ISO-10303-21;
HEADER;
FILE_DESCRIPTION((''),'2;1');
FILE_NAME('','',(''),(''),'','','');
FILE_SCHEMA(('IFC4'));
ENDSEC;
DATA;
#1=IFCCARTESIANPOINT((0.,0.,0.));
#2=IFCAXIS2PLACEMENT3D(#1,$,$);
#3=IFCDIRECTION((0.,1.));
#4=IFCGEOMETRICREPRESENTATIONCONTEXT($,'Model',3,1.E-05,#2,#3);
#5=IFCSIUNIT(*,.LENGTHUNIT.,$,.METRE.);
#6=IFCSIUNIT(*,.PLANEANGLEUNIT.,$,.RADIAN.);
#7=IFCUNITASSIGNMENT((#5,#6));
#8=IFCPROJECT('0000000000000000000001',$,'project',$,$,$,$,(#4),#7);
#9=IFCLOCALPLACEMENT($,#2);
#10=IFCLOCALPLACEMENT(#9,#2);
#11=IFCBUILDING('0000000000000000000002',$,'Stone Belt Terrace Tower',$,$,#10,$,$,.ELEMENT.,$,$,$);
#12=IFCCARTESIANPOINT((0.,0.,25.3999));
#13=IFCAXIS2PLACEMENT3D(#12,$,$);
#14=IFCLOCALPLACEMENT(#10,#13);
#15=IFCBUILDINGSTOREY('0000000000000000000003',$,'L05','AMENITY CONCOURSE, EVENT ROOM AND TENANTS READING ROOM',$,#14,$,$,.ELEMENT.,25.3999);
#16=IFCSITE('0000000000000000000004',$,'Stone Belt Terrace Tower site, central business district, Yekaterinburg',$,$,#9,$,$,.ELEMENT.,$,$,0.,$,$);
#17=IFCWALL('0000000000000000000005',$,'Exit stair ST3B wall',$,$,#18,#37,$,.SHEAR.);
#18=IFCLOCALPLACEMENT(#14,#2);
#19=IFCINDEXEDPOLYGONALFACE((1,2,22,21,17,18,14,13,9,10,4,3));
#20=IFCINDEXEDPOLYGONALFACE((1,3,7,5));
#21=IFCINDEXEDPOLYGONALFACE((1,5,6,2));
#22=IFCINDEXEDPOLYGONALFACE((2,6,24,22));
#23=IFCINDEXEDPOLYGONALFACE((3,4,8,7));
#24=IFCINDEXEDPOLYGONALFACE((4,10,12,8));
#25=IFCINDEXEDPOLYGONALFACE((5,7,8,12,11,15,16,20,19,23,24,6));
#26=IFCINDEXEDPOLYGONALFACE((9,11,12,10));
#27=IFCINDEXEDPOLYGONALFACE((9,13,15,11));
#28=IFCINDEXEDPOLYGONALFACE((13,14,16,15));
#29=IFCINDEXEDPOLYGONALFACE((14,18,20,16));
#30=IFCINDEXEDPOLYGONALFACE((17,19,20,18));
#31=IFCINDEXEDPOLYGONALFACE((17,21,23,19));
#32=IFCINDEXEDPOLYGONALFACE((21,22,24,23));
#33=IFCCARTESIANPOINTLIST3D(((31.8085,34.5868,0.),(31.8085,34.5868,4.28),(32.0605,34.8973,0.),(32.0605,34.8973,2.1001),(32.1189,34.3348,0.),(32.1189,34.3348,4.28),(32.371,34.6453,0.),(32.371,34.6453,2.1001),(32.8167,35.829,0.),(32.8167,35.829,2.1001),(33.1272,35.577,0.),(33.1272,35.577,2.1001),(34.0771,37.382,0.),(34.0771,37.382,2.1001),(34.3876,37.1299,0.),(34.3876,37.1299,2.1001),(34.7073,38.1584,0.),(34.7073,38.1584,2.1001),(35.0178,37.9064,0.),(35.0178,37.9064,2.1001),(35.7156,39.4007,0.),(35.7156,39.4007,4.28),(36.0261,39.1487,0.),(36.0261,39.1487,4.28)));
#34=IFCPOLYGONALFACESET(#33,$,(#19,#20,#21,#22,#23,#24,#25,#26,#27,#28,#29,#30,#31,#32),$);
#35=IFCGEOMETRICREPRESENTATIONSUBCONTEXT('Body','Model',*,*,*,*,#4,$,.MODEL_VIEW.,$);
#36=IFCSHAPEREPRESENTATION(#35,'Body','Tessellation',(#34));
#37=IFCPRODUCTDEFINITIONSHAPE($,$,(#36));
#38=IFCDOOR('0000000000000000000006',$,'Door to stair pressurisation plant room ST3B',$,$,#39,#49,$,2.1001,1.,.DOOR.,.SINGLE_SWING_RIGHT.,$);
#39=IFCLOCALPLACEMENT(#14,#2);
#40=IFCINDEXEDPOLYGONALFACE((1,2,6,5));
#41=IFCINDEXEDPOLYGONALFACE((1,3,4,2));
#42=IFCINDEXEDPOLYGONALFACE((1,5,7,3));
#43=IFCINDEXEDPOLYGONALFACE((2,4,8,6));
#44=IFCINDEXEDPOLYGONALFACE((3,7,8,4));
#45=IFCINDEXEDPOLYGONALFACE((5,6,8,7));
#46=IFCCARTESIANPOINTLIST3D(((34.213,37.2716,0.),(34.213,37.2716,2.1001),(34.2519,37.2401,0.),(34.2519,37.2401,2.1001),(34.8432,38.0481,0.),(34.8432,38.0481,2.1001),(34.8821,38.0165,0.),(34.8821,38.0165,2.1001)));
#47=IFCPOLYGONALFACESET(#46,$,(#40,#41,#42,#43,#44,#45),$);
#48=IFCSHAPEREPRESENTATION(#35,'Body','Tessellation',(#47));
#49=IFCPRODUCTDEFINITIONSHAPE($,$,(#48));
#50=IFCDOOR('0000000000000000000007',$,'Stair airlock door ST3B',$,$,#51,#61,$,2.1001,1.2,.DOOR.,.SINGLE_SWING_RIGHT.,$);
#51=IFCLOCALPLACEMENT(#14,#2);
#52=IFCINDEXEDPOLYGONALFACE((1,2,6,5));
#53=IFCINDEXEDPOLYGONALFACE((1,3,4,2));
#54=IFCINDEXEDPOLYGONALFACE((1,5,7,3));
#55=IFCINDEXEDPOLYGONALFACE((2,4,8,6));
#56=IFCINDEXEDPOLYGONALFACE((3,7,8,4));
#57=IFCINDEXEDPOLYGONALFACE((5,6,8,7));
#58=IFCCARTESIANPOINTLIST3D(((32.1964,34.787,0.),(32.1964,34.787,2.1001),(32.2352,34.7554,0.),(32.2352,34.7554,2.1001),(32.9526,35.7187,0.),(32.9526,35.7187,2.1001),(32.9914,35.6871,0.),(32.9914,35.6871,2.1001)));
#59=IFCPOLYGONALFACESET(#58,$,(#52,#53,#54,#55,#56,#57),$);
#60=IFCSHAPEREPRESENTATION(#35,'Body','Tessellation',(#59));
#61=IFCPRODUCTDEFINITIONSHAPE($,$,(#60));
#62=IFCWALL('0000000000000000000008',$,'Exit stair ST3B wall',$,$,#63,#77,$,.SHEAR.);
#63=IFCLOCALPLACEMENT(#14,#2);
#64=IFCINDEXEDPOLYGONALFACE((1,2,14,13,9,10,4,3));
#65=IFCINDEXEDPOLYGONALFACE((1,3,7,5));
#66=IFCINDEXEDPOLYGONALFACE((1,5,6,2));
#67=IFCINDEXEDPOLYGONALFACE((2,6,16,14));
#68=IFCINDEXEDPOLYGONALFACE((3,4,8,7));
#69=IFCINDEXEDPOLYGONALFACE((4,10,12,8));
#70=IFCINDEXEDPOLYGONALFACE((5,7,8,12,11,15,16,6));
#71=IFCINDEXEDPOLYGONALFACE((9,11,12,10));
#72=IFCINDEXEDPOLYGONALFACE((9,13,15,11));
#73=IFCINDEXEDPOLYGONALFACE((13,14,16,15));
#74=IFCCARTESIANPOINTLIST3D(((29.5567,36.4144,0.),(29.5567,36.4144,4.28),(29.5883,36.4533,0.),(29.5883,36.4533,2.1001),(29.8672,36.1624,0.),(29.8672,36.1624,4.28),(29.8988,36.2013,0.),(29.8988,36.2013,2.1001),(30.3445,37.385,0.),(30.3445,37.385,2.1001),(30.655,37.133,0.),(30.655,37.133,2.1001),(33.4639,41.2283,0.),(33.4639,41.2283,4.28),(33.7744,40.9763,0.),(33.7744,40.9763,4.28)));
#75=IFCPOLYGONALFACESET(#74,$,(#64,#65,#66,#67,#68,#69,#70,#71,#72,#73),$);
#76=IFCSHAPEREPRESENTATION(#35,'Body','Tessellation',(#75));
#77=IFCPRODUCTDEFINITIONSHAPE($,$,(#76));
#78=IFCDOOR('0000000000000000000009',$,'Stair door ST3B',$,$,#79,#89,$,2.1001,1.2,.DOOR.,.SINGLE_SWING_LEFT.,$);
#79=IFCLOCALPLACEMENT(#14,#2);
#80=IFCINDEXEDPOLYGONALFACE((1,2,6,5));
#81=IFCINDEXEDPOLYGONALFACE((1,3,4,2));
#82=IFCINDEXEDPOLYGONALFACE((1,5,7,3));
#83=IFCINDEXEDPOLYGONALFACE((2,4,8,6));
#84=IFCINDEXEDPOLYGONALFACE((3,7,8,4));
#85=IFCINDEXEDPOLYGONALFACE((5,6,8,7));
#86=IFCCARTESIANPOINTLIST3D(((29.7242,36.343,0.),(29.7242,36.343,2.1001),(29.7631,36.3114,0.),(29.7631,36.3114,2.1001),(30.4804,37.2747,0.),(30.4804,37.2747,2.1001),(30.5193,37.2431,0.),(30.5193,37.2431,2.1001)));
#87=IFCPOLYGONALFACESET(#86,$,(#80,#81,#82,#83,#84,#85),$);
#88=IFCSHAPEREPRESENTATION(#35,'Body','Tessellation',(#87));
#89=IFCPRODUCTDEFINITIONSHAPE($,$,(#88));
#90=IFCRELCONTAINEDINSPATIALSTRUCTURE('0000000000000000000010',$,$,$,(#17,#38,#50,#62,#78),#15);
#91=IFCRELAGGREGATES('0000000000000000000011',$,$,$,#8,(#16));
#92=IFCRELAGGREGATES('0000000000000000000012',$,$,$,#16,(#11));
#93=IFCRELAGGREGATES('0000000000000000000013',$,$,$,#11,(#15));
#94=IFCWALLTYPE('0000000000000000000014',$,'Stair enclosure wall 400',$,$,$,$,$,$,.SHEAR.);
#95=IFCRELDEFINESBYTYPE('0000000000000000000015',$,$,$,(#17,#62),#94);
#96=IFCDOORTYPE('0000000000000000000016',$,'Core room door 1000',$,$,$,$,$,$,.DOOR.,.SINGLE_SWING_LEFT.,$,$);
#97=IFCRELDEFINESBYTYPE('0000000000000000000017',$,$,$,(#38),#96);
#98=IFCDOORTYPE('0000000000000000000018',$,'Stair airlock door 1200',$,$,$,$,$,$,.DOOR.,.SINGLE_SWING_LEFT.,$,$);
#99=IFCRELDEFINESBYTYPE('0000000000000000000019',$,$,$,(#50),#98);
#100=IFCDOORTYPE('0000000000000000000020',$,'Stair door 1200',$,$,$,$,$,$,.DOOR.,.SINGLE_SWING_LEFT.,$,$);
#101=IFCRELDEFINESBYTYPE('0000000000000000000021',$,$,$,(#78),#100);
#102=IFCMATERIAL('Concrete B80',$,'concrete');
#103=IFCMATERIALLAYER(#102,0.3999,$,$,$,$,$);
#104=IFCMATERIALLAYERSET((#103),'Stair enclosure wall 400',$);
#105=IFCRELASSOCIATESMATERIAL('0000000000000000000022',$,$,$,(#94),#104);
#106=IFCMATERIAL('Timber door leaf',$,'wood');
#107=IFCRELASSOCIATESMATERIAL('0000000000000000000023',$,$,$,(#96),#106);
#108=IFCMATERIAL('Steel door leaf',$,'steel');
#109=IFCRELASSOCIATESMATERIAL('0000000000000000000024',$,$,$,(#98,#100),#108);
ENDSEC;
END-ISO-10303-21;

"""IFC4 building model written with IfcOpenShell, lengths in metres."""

from ifc_helpers import new_model, si_unit, direction, frame, frame_2d, origin, place, context, subcontext, project, spatial, rectangle, extrude, material, layer, layer_set, type_object, element, fill, save


model = new_model("IFC4")

# Units and contexts
model_context = context("Model", 3, precision=1e-05, world=origin(), true_north=direction((0.0, 1.0)))
body_context = subcontext(model_context, "Body", "Model", "MODEL_VIEW")
ifc_project = project(units=[si_unit("LENGTHUNIT", "METRE"), si_unit("PLANEANGLEUNIT", "RADIAN")], contexts=[model_context])

# Site, building, storey
site_placement = place(None, origin())
site = spatial("IfcSite", under=ifc_project, at=site_placement, Name="Stone Belt Terrace Tower site, central business district, Yekaterinburg", CompositionType="ELEMENT", RefElevation=0.0)
building_placement = place(site_placement, origin())
building = spatial("IfcBuilding", under=site, at=building_placement, Name="Stone Belt Terrace Tower", CompositionType="ELEMENT")
storey_placement = place(building_placement, frame((0.0, 0.0, 25.3999)))
storey = spatial("IfcBuildingStorey", under=building, at=storey_placement, Name="L05", Description="AMENITY CONCOURSE, EVENT ROOM AND TENANTS READING ROOM", CompositionType="ELEMENT", Elevation=25.3999)

# Shared definitions
ifc_material_1 = material(Name="Concrete B80", Category="concrete")

# Wall, openings, doors
ifc_layer_1 = layer(ifc_material_1, 0.3999)
ifc_layer_set_1 = layer_set([ifc_layer_1], Name="Stair enclosure wall 400")
wall_type_1 = type_object("IfcWallType", Name="Stair enclosure wall 400", PredefinedType="SHEAR", material=ifc_layer_set_1)
wall_1_placement = place(storey_placement, frame((31.9636, 34.4607, 0.0), z_axis=(0.0, 0.0, 1.0), x_axis=(0.630192, 0.776439, 0.0)))
wall_1 = element("IfcWall", 1, at=wall_1_placement, inside=storey, type_object=wall_type_1, Name="Exit stair ST3B wall", PredefinedType="SHEAR", context=body_context, shape_type="SweptSolid", body=[
    extrude(rectangle(XDim=6.2, YDim=0.3999, at=frame_2d((3.1001, 0.0))), origin(), (0.0, 0.0, 1.0), 4.28),
])
opening_1_placement = place(wall_1_placement, frame((0.3999, 0.0, 0.0)))
opening_1 = element("IfcOpeningElement", 2, at=opening_1_placement, cuts=wall_1, PredefinedType="OPENING", context=body_context, shape_type="SweptSolid", body=[
    extrude(rectangle(XDim=1.2, YDim=2.1001, at=frame_2d((0.6001, 1.05))), frame((0.0, 0.21, 0.0), z_axis=(0.0, -1.0, 0.0), x_axis=(1.0, 0.0, 0.0)), (0.0, 0.0, 1.0), 0.4199),
])
opening_2_placement = place(wall_1_placement, frame((3.6001, 0.0, 0.0)))
opening_2 = element("IfcOpeningElement", 3, at=opening_2_placement, cuts=wall_1, PredefinedType="OPENING", context=body_context, shape_type="SweptSolid", body=[
    extrude(rectangle(XDim=1.0, YDim=2.1001, at=frame_2d((0.5, 1.05))), frame((0.0, 0.21, 0.0), z_axis=(0.0, -1.0, 0.0), x_axis=(1.0, 0.0, 0.0)), (0.0, 0.0, 1.0), 0.4199),
])
ifc_material_2 = material(Name="Timber door leaf", Category="wood")
door_type_1 = type_object("IfcDoorType", Name="Core room door 1000", OperationType="SINGLE_SWING_LEFT", PredefinedType="DOOR", material=ifc_material_2)
door_1_placement = place(opening_2_placement, origin())
door_1 = element("IfcDoor", 4, at=door_1_placement, inside=storey, type_object=door_type_1, Name="Door to stair pressurisation plant room ST3B", OperationType="SINGLE_SWING_RIGHT", OverallHeight=2.1001, OverallWidth=1.0, PredefinedType="DOOR", context=body_context, shape_type="SweptSolid", body=[
    extrude(rectangle(XDim=1.0, YDim=2.1001, at=frame_2d((0.5, 1.05))), frame((0.0, 0.0249, 0.0), z_axis=(0.0, -1.0, 0.0), x_axis=(1.0, 0.0, 0.0)), (0.0, 0.0, 1.0), 0.05),
])
fill(opening_2, door_1)
ifc_material_3 = material(Name="Steel door leaf", Category="steel")
door_type_2 = type_object("IfcDoorType", Name="Stair airlock door 1200", OperationType="SINGLE_SWING_LEFT", PredefinedType="DOOR", material=ifc_material_3)
door_2_placement = place(opening_1_placement, origin())
door_2 = element("IfcDoor", 5, at=door_2_placement, inside=storey, type_object=door_type_2, Name="Stair airlock door ST3B", OperationType="SINGLE_SWING_RIGHT", OverallHeight=2.1001, OverallWidth=1.2, PredefinedType="DOOR", context=body_context, shape_type="SweptSolid", body=[
    extrude(rectangle(XDim=1.2, YDim=2.1001, at=frame_2d((0.6001, 1.05))), frame((0.0, 0.0249, 0.0), z_axis=(0.0, -1.0, 0.0), x_axis=(1.0, 0.0, 0.0)), (0.0, 0.0, 1.0), 0.05),
])
fill(opening_1, door_2)

# Wall, opening, door
wall_2_placement = place(storey_placement, frame((29.7119, 36.2883, 0.0), z_axis=(0.0, 0.0, 1.0), x_axis=(0.630192, 0.776439, 0.0)))
wall_2 = element("IfcWall", 6, at=wall_2_placement, inside=storey, type_object=wall_type_1, Name="Exit stair ST3B wall", PredefinedType="SHEAR", context=body_context, shape_type="SweptSolid", body=[
    extrude(rectangle(XDim=6.2, YDim=0.3999, at=frame_2d((3.1001, 0.0))), origin(), (0.0, 0.0, 1.0), 4.28),
])
opening_3_placement = place(wall_2_placement, frame((0.05, 0.0, 0.0)))
opening_3 = element("IfcOpeningElement", 7, at=opening_3_placement, cuts=wall_2, PredefinedType="OPENING", context=body_context, shape_type="SweptSolid", body=[
    extrude(rectangle(XDim=1.2, YDim=2.1001, at=frame_2d((0.6001, 1.05))), frame((0.0, 0.21, 0.0), z_axis=(0.0, -1.0, 0.0), x_axis=(1.0, 0.0, 0.0)), (0.0, 0.0, 1.0), 0.4199),
])
door_type_3 = type_object("IfcDoorType", Name="Stair door 1200", OperationType="SINGLE_SWING_LEFT", PredefinedType="DOOR", material=ifc_material_3)
door_3_placement = place(opening_3_placement, origin())
door_3 = element("IfcDoor", 8, at=door_3_placement, inside=storey, type_object=door_type_3, Name="Stair door ST3B", OperationType="SINGLE_SWING_LEFT", OverallHeight=2.1001, OverallWidth=1.2, PredefinedType="DOOR", context=body_context, shape_type="SweptSolid", body=[
    extrude(rectangle(XDim=1.2, YDim=2.1001, at=frame_2d((0.6001, 1.05))), frame((0.0, 0.0249, 0.0), z_axis=(0.0, -1.0, 0.0), x_axis=(1.0, 0.0, 0.0)), (0.0, 0.0, 1.0), 0.05),
])
fill(opening_3, door_3)

save(model, "model.ifc")
